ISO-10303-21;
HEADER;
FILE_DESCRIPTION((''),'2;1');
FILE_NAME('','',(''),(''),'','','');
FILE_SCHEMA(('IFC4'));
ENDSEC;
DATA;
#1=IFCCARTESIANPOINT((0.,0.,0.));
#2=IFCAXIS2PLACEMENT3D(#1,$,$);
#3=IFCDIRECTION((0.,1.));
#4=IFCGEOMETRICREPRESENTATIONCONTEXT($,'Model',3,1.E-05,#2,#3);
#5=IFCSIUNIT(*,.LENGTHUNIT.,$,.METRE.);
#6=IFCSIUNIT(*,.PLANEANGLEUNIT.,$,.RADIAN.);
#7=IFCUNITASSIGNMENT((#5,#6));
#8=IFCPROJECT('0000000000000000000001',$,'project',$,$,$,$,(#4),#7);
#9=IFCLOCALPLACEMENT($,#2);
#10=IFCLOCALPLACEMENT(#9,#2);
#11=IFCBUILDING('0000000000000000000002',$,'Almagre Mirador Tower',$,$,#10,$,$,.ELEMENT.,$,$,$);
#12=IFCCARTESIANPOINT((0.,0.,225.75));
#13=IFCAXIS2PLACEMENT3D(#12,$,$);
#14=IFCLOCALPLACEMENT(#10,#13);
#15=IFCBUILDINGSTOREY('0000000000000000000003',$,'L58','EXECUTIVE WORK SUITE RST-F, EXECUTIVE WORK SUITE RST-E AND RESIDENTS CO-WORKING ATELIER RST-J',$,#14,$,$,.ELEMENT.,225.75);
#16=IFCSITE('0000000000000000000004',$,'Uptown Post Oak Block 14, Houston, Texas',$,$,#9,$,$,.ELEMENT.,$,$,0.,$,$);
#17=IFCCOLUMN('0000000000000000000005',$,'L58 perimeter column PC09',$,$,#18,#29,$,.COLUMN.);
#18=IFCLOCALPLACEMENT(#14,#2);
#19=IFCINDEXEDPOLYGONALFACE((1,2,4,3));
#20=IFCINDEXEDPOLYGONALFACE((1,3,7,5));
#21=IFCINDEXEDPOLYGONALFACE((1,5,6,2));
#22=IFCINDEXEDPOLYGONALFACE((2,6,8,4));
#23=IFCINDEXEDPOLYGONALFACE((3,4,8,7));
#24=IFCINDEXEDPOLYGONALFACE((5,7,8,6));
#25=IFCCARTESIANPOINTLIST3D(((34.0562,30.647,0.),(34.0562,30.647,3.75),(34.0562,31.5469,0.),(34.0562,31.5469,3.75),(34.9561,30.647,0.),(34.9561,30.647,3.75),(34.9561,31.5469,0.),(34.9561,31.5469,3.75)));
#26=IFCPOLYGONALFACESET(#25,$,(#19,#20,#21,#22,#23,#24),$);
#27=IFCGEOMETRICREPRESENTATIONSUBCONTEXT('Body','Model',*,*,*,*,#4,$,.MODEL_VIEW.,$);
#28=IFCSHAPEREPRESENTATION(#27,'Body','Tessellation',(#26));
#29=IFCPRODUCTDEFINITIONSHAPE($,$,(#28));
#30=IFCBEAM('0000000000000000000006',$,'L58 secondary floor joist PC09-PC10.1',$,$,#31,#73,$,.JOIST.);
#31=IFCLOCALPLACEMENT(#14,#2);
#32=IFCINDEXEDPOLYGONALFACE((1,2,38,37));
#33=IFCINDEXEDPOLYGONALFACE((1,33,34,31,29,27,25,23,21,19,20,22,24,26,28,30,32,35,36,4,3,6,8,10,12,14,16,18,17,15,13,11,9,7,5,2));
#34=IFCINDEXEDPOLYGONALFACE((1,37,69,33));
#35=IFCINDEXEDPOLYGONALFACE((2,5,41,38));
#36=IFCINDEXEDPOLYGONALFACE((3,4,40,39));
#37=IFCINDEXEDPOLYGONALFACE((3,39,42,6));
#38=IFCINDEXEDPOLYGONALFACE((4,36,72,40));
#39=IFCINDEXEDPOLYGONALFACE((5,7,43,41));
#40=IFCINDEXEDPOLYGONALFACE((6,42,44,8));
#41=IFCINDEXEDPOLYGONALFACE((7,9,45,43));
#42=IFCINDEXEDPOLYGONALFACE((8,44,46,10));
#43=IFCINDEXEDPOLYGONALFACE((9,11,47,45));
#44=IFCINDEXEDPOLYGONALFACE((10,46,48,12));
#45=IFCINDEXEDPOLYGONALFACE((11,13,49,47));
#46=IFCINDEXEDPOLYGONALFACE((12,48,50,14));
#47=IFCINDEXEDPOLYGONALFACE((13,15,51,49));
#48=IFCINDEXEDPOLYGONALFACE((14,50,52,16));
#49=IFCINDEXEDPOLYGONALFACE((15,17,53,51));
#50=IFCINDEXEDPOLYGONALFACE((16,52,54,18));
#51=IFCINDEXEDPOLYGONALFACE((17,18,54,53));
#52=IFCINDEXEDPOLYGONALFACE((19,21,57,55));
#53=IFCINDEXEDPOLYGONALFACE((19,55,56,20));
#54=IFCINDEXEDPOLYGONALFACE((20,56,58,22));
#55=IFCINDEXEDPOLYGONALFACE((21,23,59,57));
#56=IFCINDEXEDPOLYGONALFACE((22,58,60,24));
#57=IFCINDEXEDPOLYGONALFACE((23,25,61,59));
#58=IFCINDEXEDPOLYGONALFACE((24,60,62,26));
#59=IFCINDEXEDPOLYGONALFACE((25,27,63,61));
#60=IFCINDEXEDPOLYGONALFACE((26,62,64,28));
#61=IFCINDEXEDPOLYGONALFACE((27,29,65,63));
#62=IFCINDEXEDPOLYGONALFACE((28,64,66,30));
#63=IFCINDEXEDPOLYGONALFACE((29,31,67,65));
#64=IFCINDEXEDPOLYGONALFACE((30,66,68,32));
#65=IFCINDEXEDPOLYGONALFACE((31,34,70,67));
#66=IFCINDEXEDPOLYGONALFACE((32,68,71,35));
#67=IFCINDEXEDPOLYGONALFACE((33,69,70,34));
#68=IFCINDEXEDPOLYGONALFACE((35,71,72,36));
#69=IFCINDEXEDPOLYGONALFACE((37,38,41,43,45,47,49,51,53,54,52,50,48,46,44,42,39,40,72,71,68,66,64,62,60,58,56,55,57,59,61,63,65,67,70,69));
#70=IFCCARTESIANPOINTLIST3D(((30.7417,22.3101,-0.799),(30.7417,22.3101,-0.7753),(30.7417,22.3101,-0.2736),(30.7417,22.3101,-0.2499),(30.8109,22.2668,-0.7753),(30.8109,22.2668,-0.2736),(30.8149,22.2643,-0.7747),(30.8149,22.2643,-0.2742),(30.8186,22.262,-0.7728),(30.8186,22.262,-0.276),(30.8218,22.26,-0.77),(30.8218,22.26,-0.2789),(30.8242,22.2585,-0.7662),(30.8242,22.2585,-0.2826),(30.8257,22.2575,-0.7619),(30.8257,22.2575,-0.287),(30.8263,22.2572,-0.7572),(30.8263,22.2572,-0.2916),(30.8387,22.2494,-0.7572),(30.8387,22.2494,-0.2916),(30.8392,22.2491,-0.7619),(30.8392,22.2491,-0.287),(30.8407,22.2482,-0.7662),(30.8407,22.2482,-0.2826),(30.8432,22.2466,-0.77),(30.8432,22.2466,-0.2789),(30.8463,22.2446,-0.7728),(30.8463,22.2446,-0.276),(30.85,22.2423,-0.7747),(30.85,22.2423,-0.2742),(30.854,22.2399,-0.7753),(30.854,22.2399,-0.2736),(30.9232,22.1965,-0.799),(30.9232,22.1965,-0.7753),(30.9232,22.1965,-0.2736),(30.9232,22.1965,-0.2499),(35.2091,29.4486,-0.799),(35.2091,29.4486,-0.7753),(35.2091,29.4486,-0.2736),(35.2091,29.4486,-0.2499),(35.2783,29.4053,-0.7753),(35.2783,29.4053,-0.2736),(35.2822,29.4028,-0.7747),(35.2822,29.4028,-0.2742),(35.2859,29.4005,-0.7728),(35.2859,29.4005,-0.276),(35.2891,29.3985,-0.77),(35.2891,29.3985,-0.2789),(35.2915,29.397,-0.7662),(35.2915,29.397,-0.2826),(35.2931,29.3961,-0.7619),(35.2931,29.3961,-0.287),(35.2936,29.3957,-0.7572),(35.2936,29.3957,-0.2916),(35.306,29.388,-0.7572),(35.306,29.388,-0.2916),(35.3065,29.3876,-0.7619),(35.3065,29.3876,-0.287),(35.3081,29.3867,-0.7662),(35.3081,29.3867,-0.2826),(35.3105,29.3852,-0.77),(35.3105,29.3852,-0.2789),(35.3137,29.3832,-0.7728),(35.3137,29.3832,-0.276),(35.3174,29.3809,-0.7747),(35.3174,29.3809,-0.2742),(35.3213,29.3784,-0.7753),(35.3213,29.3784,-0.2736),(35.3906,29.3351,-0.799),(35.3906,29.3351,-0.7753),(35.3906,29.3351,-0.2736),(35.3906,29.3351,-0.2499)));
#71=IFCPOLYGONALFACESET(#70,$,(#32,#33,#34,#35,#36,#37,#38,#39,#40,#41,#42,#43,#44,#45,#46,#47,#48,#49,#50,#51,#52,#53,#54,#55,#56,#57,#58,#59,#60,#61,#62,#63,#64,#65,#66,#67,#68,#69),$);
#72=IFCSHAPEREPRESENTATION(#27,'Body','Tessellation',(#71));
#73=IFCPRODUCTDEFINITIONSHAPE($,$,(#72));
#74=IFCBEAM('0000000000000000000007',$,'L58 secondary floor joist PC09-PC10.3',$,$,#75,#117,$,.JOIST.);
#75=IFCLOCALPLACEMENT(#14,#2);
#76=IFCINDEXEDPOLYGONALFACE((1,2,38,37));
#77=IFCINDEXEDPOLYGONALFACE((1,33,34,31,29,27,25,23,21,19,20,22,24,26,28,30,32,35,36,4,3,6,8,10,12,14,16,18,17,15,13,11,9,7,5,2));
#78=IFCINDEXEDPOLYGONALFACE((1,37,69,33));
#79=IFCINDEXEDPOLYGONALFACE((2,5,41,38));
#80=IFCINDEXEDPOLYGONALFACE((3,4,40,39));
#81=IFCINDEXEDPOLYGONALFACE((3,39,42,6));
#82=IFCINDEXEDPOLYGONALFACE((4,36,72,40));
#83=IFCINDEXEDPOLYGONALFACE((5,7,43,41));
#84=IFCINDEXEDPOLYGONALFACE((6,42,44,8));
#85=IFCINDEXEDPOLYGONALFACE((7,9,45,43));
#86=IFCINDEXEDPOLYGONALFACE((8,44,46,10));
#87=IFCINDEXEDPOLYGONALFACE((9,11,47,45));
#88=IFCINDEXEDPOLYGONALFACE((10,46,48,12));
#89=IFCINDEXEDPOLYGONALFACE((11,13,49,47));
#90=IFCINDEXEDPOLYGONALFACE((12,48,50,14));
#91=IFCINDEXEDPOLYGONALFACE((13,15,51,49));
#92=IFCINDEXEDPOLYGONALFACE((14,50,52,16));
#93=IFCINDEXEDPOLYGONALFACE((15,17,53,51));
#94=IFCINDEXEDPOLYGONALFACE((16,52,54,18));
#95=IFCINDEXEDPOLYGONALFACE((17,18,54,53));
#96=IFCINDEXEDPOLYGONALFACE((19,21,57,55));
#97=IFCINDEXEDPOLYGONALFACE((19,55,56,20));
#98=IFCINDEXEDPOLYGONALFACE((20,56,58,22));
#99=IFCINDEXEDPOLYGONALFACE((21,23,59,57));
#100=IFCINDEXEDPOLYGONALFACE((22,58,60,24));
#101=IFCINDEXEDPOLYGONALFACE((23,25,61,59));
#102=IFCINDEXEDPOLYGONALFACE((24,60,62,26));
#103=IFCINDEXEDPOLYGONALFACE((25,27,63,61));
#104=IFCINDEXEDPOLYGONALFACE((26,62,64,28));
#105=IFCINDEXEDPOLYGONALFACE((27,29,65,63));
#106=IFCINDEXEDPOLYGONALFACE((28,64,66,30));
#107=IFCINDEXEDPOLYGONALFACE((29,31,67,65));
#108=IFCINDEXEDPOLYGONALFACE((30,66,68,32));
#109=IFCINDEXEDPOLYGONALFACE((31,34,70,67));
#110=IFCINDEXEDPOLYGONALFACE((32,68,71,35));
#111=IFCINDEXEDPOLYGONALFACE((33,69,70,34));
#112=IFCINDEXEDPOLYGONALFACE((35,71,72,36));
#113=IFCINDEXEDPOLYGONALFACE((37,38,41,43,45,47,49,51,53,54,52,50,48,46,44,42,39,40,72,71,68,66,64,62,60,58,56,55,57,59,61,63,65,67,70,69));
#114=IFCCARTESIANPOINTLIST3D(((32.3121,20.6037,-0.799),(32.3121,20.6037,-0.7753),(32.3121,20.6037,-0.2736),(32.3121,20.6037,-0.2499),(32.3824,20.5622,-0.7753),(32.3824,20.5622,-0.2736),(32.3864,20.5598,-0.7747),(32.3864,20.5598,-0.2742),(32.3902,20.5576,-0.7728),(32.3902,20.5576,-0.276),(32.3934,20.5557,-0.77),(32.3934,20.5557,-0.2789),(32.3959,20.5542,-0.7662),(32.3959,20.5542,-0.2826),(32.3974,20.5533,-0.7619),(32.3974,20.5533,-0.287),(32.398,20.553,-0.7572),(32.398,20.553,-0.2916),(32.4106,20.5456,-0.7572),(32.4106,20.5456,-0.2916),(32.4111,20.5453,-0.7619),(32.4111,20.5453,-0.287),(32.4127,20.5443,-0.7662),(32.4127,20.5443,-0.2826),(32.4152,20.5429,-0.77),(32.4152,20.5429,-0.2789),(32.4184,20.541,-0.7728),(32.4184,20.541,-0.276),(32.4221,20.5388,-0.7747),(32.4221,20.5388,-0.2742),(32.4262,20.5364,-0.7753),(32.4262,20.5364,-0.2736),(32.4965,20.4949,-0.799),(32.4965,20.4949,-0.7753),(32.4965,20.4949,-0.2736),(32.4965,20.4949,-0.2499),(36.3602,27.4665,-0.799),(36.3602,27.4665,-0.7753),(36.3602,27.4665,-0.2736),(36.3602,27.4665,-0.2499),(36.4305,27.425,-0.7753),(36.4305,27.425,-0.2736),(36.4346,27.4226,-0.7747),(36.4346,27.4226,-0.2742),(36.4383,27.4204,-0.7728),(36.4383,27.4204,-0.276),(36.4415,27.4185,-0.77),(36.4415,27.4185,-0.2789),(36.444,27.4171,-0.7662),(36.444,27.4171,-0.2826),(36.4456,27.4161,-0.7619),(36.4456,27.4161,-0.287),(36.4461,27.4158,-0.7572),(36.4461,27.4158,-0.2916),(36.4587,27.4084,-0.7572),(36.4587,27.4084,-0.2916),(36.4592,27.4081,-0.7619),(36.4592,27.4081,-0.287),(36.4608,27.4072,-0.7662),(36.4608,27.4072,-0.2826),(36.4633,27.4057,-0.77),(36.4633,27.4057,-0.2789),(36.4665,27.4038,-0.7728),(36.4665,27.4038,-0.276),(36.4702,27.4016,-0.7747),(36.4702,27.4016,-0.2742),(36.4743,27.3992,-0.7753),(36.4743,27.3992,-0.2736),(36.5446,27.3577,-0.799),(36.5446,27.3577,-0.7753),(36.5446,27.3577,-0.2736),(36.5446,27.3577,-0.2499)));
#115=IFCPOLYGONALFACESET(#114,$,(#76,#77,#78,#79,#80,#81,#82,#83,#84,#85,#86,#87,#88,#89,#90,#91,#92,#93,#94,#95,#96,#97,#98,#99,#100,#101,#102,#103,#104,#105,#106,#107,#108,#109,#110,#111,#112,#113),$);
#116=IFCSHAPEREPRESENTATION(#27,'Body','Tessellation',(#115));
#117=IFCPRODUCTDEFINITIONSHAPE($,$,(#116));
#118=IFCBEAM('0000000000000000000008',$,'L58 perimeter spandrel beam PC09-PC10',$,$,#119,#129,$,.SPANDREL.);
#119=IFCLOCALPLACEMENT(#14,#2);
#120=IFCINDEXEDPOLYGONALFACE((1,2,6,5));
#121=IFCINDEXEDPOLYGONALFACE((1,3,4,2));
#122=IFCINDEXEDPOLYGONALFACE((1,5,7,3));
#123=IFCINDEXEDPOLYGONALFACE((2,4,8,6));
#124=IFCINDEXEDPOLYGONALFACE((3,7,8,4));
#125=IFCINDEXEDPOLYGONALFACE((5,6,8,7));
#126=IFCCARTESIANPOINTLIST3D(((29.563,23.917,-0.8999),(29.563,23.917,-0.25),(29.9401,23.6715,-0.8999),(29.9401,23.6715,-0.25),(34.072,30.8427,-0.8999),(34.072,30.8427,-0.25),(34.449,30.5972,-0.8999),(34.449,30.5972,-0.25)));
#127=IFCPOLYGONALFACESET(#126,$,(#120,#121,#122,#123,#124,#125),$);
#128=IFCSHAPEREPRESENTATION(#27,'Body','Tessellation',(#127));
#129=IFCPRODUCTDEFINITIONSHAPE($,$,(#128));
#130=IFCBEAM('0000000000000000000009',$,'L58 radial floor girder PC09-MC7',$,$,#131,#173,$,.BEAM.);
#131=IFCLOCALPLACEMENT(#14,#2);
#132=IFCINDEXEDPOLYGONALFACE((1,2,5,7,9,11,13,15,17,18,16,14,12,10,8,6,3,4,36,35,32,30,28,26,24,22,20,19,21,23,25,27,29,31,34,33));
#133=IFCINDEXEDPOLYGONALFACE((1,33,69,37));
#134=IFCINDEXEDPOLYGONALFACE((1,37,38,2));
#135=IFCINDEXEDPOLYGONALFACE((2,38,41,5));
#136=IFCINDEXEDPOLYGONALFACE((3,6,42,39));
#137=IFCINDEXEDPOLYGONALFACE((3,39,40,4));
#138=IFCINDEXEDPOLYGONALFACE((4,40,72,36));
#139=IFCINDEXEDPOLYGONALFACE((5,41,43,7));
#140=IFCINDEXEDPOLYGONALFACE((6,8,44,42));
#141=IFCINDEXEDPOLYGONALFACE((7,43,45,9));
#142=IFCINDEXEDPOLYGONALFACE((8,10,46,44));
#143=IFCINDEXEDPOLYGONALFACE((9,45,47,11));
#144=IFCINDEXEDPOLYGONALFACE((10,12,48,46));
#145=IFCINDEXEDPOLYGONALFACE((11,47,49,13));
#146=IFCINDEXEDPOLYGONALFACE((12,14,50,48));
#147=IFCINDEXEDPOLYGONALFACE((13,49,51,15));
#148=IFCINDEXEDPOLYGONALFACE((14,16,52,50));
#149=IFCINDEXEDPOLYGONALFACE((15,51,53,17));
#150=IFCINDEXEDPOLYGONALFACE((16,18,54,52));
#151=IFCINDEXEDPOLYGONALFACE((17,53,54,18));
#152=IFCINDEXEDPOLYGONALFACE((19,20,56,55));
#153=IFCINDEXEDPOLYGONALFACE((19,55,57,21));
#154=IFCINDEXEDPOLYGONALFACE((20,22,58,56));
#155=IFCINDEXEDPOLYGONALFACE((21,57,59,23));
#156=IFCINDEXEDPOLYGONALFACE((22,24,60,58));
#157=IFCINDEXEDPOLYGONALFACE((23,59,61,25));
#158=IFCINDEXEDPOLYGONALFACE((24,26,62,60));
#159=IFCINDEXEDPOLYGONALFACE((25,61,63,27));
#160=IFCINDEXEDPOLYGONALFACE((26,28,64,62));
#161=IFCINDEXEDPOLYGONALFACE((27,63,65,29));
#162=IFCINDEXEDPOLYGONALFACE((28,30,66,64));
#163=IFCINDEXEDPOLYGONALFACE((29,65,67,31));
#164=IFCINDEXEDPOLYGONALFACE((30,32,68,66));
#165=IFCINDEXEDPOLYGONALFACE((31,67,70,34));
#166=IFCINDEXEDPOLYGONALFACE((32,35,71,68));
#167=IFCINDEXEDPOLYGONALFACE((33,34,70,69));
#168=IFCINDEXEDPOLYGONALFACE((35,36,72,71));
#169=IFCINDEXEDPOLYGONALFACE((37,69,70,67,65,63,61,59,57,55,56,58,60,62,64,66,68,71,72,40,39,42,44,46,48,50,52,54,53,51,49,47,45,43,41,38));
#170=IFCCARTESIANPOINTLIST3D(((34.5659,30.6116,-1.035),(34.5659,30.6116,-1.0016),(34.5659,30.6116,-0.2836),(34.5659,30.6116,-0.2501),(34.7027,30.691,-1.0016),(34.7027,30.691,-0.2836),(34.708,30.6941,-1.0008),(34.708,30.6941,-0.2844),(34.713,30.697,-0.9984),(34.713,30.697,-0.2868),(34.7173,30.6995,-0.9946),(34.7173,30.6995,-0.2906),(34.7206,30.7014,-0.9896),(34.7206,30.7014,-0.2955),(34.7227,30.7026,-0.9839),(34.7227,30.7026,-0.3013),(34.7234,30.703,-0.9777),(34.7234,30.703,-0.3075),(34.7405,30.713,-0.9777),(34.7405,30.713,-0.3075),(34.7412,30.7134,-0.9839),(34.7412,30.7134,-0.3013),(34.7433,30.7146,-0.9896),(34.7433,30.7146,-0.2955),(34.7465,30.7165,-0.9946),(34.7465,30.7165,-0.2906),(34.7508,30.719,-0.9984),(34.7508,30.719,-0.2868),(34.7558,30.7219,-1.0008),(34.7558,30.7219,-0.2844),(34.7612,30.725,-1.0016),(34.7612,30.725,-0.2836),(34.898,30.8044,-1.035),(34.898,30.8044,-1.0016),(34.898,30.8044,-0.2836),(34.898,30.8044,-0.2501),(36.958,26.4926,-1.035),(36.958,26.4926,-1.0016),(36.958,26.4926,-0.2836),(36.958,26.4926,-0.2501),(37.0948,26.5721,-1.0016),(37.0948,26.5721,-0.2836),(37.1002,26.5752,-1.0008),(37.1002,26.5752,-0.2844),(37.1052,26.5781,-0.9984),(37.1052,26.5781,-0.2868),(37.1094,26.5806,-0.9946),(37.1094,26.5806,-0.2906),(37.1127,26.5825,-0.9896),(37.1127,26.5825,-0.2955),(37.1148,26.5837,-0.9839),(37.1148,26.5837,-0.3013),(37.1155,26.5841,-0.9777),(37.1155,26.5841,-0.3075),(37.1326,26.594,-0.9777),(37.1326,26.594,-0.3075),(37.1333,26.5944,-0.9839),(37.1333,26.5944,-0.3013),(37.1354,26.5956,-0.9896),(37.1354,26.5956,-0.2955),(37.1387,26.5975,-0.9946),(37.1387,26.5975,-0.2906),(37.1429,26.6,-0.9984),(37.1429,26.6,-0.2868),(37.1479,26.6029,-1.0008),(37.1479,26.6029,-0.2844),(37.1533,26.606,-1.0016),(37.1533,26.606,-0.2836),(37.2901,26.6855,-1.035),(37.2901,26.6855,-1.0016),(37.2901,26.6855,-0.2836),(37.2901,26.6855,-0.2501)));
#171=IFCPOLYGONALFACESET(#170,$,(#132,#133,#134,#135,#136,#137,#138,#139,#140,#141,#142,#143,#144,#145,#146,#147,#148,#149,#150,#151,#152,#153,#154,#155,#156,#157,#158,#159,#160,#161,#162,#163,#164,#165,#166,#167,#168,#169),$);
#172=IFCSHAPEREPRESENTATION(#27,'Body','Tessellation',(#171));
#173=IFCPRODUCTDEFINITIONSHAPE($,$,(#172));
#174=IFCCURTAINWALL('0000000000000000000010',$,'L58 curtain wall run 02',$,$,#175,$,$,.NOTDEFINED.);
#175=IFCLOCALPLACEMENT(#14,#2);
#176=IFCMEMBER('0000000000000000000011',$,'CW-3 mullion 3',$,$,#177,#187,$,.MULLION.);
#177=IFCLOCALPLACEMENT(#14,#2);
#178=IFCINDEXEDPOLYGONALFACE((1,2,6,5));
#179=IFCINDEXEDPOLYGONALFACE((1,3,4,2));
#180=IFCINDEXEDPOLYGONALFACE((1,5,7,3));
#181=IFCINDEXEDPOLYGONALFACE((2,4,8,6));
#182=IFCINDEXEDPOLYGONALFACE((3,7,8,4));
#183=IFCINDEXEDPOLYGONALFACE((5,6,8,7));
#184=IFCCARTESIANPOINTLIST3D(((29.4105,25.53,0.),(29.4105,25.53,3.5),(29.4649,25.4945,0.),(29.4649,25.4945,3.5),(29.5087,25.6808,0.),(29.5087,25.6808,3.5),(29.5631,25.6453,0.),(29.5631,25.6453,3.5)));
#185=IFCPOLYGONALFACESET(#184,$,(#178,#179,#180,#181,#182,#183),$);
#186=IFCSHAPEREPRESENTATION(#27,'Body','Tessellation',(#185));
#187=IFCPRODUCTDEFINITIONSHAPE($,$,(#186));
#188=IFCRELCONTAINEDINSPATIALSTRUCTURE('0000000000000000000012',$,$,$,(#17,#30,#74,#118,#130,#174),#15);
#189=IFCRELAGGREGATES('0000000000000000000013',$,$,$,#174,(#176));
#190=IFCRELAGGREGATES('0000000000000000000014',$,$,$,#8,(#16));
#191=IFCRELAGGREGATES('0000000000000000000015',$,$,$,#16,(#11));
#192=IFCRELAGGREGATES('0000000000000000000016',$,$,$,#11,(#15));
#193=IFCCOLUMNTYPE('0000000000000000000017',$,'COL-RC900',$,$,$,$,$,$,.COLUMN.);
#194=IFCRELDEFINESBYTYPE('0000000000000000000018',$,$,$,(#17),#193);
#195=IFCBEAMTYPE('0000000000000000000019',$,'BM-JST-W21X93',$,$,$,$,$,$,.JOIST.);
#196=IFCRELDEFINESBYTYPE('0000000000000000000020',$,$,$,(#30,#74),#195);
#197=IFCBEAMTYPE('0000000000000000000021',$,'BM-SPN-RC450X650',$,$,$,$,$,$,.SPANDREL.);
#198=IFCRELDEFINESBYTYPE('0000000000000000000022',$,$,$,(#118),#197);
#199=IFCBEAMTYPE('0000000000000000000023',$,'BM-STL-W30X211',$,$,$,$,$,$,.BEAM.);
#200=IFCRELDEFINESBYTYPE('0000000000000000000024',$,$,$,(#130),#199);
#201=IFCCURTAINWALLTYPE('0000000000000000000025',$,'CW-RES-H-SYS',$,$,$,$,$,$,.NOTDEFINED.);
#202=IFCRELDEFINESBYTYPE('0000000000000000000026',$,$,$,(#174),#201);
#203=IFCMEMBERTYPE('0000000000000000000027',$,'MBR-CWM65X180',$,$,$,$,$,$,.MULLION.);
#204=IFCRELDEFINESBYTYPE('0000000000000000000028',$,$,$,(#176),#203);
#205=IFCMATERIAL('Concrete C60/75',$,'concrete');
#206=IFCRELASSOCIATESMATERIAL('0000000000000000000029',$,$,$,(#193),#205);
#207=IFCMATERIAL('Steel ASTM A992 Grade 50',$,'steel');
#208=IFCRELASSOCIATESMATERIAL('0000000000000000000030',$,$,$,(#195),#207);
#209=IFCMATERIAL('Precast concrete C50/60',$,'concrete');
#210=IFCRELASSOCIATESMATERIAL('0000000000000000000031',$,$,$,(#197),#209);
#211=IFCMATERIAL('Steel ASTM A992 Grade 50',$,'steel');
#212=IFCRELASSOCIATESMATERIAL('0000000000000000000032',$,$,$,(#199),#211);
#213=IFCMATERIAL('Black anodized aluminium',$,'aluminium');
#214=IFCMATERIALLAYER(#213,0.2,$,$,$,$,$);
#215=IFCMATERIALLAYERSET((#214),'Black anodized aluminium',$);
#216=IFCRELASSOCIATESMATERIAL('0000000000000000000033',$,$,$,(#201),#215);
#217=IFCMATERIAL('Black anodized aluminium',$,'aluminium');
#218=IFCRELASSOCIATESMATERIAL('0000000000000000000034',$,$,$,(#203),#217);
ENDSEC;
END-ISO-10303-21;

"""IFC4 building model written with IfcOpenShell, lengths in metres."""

from ifc_helpers import new_model, si_unit, direction, frame, origin, origin_2d, place, context, subcontext, project, spatial, rectangle, i_section, extrude, material, layer, layer_set, material_profile, profile_set, type_object, element, aggregate, save


model = new_model("IFC4")

# Units and contexts
model_context = context("Model", 3, precision=1e-05, world=origin(), true_north=direction((0.0, 1.0)))
body_context = subcontext(model_context, "Body", "Model", "MODEL_VIEW")
ifc_project = project(units=[si_unit("LENGTHUNIT", "METRE"), si_unit("PLANEANGLEUNIT", "RADIAN")], contexts=[model_context])

# Site, building, storey
site_placement = place(None, origin())
site = spatial("IfcSite", under=ifc_project, at=site_placement, Name="Uptown Post Oak Block 14, Houston, Texas", CompositionType="ELEMENT", RefElevation=0.0)
building_placement = place(site_placement, origin())
building = spatial("IfcBuilding", under=site, at=building_placement, Name="Almagre Mirador Tower", CompositionType="ELEMENT")
storey_placement = place(building_placement, frame((0.0, 0.0, 225.75)))
storey = spatial("IfcBuildingStorey", under=building, at=storey_placement, Name="L58", Description="EXECUTIVE WORK SUITE RST-F, EXECUTIVE WORK SUITE RST-E AND RESIDENTS CO-WORKING ATELIER RST-J", CompositionType="ELEMENT", Elevation=225.75)

# Column
ifc_material_1 = material(Name="Concrete C60/75", Category="concrete")
ifc_material_profile_1 = material_profile(ifc_material_1, rectangle(XDim=0.8999, YDim=0.8999, at=origin_2d()), Name="RC900X900")
ifc_profile_set_1 = profile_set([ifc_material_profile_1], Name="Concrete C60/75")
column_type = type_object("IfcColumnType", Name="COL-RC900", PredefinedType="COLUMN", material=ifc_profile_set_1)
column_placement = place(storey_placement, frame((34.5061, 31.0969, 0.0), z_axis=(0.0, 0.0, 1.0), x_axis=(1.0, 0.0, 0.0)))
element("IfcColumn", 1, at=column_placement, inside=storey, type_object=column_type, Name="L58 perimeter column PC09", PredefinedType="COLUMN", context=body_context, shape_type="SweptSolid", body=[
    extrude(rectangle(XDim=0.8999, YDim=0.8999, at=origin_2d()), origin(), (0.0, 0.0, 1.0), 3.75),
])

# Beams
ifc_material_2 = material(Name="Steel ASTM A992 Grade 50", Category="steel")
ifc_material_profile_2 = material_profile(ifc_material_2, i_section(OverallWidth=0.2141, OverallDepth=0.5491, WebThickness=0.0146, FlangeThickness=0.0237, FilletRadius=0.0181, at=origin_2d()), Name="W21X93")
ifc_profile_set_2 = profile_set([ifc_material_profile_2], Name="Steel ASTM A992 Grade 50")
beam_type_1 = type_object("IfcBeamType", Name="BM-JST-W21X93", PredefinedType="JOIST", material=ifc_profile_set_2)
beam_1_placement = place(storey_placement, frame((35.2998, 29.3918, -0.5244), z_axis=(-0.530491, -0.84769, 0.0), x_axis=(0.84769, -0.530491, 0.0)))
element("IfcBeam", 2, at=beam_1_placement, inside=storey, type_object=beam_type_1, Name="L58 secondary floor joist PC09-PC10.1", PredefinedType="JOIST", context=body_context, shape_type="SweptSolid", body=[
    extrude(i_section(OverallWidth=0.2141, OverallDepth=0.5491, WebThickness=0.0146, FlangeThickness=0.0237, FilletRadius=0.0181, at=origin_2d()), origin(), (0.0, 0.0, 1.0), 8.4211),
])
beam_2_placement = place(storey_placement, frame((36.4524, 27.4121, -0.5244), z_axis=(-0.50806, -0.861322, 0.0), x_axis=(0.861322, -0.50806, 0.0)))
element("IfcBeam", 3, at=beam_2_placement, inside=storey, type_object=beam_type_1, Name="L58 secondary floor joist PC09-PC10.3", PredefinedType="JOIST", context=body_context, shape_type="SweptSolid", body=[
    extrude(i_section(OverallWidth=0.2141, OverallDepth=0.5491, WebThickness=0.0146, FlangeThickness=0.0237, FilletRadius=0.0181, at=origin_2d()), origin(), (0.0, 0.0, 1.0), 7.9678),
])
ifc_material_3 = material(Name="Precast concrete C50/60", Category="concrete")
ifc_material_profile_3 = material_profile(ifc_material_3, rectangle(XDim=0.45, YDim=0.6499, at=origin_2d()), Name="RC450X650")
ifc_profile_set_3 = profile_set([ifc_material_profile_3], Name="Precast concrete C50/60")
beam_type_2 = type_object("IfcBeamType", Name="BM-SPN-RC450X650", PredefinedType="SPANDREL", material=ifc_profile_set_3)
beam_3_placement = place(storey_placement, frame((34.2605, 30.72, -0.575), z_axis=(-0.545607, -0.838041, 0.0), x_axis=(0.838041, -0.545607, 0.0)))
element("IfcBeam", 4, at=beam_3_placement, inside=storey, type_object=beam_type_2, Name="L58 perimeter spandrel beam PC09-PC10", PredefinedType="SPANDREL", context=body_context, shape_type="SweptSolid", body=[
    extrude(rectangle(XDim=0.45, YDim=0.6499, at=origin_2d()), origin(), (0.0, 0.0, 1.0), 8.2642),
])
ifc_material_4 = material(Name="Steel ASTM A992 Grade 50", Category="steel")
ifc_material_profile_4 = material_profile(ifc_material_4, i_section(OverallWidth=0.384, OverallDepth=0.7849, WebThickness=0.0198, FlangeThickness=0.0334, FilletRadius=0.0239, at=origin_2d()), Name="W30X211")
ifc_profile_set_4 = profile_set([ifc_material_profile_4], Name="Steel ASTM A992 Grade 50")
beam_type_3 = type_object("IfcBeamType", Name="BM-STL-W30X211", PredefinedType="BEAM", material=ifc_profile_set_4)
beam_4_placement = place(storey_placement, frame((34.7319, 30.708, -0.6426), z_axis=(0.50221, -0.864746, 0.0), x_axis=(0.864746, 0.50221, 0.0)))
element("IfcBeam", 5, at=beam_4_placement, inside=storey, type_object=beam_type_3, Name="L58 radial floor girder PC09-MC7", PredefinedType="BEAM", context=body_context, shape_type="SweptSolid", body=[
    extrude(i_section(OverallWidth=0.384, OverallDepth=0.7849, WebThickness=0.0198, FlangeThickness=0.0334, FilletRadius=0.0239, at=origin_2d()), origin(), (0.0, 0.0, 1.0), 4.7632),
])

# Curtain wall, member
ifc_material_5 = material(Name="Black anodized aluminium", Category="aluminium")
ifc_layer_1 = layer(ifc_material_5, 0.2)
ifc_layer_set_1 = layer_set([ifc_layer_1], Name="Black anodized aluminium")
curtain_wall_type = type_object("IfcCurtainWallType", Name="CW-RES-H-SYS", PredefinedType="NOTDEFINED", material=ifc_layer_set_1)
curtain_wall_placement = place(storey_placement, origin())
curtain_wall = element("IfcCurtainWall", 6, at=curtain_wall_placement, inside=storey, type_object=curtain_wall_type, Name="L58 curtain wall run 02", PredefinedType="NOTDEFINED")
ifc_material_6 = material(Name="Black anodized aluminium", Category="aluminium")
ifc_material_profile_5 = material_profile(ifc_material_6, rectangle(XDim=0.0649, YDim=0.1799, at=origin_2d()), Name="CWM65X180")
ifc_profile_set_5 = profile_set([ifc_material_profile_5], Name="Black anodized aluminium")
member_type = type_object("IfcMemberType", Name="MBR-CWM65X180", PredefinedType="MULLION", material=ifc_profile_set_5)
member_placement = place(storey_placement, frame((29.4868, 25.5876, 0.0), z_axis=(0.0, 0.0, 1.0), x_axis=(-0.838037, 0.545613, 0.0)))
member = element("IfcMember", 7, at=member_placement, type_object=member_type, Name="CW-3 mullion 3", PredefinedType="MULLION", context=body_context, shape_type="SweptSolid", body=[
    extrude(rectangle(XDim=0.0649, YDim=0.1799, at=origin_2d()), origin(), (0.0, 0.0, 1.0), 3.5),
])
aggregate(curtain_wall, [member])

save(model, "model.ifc")
